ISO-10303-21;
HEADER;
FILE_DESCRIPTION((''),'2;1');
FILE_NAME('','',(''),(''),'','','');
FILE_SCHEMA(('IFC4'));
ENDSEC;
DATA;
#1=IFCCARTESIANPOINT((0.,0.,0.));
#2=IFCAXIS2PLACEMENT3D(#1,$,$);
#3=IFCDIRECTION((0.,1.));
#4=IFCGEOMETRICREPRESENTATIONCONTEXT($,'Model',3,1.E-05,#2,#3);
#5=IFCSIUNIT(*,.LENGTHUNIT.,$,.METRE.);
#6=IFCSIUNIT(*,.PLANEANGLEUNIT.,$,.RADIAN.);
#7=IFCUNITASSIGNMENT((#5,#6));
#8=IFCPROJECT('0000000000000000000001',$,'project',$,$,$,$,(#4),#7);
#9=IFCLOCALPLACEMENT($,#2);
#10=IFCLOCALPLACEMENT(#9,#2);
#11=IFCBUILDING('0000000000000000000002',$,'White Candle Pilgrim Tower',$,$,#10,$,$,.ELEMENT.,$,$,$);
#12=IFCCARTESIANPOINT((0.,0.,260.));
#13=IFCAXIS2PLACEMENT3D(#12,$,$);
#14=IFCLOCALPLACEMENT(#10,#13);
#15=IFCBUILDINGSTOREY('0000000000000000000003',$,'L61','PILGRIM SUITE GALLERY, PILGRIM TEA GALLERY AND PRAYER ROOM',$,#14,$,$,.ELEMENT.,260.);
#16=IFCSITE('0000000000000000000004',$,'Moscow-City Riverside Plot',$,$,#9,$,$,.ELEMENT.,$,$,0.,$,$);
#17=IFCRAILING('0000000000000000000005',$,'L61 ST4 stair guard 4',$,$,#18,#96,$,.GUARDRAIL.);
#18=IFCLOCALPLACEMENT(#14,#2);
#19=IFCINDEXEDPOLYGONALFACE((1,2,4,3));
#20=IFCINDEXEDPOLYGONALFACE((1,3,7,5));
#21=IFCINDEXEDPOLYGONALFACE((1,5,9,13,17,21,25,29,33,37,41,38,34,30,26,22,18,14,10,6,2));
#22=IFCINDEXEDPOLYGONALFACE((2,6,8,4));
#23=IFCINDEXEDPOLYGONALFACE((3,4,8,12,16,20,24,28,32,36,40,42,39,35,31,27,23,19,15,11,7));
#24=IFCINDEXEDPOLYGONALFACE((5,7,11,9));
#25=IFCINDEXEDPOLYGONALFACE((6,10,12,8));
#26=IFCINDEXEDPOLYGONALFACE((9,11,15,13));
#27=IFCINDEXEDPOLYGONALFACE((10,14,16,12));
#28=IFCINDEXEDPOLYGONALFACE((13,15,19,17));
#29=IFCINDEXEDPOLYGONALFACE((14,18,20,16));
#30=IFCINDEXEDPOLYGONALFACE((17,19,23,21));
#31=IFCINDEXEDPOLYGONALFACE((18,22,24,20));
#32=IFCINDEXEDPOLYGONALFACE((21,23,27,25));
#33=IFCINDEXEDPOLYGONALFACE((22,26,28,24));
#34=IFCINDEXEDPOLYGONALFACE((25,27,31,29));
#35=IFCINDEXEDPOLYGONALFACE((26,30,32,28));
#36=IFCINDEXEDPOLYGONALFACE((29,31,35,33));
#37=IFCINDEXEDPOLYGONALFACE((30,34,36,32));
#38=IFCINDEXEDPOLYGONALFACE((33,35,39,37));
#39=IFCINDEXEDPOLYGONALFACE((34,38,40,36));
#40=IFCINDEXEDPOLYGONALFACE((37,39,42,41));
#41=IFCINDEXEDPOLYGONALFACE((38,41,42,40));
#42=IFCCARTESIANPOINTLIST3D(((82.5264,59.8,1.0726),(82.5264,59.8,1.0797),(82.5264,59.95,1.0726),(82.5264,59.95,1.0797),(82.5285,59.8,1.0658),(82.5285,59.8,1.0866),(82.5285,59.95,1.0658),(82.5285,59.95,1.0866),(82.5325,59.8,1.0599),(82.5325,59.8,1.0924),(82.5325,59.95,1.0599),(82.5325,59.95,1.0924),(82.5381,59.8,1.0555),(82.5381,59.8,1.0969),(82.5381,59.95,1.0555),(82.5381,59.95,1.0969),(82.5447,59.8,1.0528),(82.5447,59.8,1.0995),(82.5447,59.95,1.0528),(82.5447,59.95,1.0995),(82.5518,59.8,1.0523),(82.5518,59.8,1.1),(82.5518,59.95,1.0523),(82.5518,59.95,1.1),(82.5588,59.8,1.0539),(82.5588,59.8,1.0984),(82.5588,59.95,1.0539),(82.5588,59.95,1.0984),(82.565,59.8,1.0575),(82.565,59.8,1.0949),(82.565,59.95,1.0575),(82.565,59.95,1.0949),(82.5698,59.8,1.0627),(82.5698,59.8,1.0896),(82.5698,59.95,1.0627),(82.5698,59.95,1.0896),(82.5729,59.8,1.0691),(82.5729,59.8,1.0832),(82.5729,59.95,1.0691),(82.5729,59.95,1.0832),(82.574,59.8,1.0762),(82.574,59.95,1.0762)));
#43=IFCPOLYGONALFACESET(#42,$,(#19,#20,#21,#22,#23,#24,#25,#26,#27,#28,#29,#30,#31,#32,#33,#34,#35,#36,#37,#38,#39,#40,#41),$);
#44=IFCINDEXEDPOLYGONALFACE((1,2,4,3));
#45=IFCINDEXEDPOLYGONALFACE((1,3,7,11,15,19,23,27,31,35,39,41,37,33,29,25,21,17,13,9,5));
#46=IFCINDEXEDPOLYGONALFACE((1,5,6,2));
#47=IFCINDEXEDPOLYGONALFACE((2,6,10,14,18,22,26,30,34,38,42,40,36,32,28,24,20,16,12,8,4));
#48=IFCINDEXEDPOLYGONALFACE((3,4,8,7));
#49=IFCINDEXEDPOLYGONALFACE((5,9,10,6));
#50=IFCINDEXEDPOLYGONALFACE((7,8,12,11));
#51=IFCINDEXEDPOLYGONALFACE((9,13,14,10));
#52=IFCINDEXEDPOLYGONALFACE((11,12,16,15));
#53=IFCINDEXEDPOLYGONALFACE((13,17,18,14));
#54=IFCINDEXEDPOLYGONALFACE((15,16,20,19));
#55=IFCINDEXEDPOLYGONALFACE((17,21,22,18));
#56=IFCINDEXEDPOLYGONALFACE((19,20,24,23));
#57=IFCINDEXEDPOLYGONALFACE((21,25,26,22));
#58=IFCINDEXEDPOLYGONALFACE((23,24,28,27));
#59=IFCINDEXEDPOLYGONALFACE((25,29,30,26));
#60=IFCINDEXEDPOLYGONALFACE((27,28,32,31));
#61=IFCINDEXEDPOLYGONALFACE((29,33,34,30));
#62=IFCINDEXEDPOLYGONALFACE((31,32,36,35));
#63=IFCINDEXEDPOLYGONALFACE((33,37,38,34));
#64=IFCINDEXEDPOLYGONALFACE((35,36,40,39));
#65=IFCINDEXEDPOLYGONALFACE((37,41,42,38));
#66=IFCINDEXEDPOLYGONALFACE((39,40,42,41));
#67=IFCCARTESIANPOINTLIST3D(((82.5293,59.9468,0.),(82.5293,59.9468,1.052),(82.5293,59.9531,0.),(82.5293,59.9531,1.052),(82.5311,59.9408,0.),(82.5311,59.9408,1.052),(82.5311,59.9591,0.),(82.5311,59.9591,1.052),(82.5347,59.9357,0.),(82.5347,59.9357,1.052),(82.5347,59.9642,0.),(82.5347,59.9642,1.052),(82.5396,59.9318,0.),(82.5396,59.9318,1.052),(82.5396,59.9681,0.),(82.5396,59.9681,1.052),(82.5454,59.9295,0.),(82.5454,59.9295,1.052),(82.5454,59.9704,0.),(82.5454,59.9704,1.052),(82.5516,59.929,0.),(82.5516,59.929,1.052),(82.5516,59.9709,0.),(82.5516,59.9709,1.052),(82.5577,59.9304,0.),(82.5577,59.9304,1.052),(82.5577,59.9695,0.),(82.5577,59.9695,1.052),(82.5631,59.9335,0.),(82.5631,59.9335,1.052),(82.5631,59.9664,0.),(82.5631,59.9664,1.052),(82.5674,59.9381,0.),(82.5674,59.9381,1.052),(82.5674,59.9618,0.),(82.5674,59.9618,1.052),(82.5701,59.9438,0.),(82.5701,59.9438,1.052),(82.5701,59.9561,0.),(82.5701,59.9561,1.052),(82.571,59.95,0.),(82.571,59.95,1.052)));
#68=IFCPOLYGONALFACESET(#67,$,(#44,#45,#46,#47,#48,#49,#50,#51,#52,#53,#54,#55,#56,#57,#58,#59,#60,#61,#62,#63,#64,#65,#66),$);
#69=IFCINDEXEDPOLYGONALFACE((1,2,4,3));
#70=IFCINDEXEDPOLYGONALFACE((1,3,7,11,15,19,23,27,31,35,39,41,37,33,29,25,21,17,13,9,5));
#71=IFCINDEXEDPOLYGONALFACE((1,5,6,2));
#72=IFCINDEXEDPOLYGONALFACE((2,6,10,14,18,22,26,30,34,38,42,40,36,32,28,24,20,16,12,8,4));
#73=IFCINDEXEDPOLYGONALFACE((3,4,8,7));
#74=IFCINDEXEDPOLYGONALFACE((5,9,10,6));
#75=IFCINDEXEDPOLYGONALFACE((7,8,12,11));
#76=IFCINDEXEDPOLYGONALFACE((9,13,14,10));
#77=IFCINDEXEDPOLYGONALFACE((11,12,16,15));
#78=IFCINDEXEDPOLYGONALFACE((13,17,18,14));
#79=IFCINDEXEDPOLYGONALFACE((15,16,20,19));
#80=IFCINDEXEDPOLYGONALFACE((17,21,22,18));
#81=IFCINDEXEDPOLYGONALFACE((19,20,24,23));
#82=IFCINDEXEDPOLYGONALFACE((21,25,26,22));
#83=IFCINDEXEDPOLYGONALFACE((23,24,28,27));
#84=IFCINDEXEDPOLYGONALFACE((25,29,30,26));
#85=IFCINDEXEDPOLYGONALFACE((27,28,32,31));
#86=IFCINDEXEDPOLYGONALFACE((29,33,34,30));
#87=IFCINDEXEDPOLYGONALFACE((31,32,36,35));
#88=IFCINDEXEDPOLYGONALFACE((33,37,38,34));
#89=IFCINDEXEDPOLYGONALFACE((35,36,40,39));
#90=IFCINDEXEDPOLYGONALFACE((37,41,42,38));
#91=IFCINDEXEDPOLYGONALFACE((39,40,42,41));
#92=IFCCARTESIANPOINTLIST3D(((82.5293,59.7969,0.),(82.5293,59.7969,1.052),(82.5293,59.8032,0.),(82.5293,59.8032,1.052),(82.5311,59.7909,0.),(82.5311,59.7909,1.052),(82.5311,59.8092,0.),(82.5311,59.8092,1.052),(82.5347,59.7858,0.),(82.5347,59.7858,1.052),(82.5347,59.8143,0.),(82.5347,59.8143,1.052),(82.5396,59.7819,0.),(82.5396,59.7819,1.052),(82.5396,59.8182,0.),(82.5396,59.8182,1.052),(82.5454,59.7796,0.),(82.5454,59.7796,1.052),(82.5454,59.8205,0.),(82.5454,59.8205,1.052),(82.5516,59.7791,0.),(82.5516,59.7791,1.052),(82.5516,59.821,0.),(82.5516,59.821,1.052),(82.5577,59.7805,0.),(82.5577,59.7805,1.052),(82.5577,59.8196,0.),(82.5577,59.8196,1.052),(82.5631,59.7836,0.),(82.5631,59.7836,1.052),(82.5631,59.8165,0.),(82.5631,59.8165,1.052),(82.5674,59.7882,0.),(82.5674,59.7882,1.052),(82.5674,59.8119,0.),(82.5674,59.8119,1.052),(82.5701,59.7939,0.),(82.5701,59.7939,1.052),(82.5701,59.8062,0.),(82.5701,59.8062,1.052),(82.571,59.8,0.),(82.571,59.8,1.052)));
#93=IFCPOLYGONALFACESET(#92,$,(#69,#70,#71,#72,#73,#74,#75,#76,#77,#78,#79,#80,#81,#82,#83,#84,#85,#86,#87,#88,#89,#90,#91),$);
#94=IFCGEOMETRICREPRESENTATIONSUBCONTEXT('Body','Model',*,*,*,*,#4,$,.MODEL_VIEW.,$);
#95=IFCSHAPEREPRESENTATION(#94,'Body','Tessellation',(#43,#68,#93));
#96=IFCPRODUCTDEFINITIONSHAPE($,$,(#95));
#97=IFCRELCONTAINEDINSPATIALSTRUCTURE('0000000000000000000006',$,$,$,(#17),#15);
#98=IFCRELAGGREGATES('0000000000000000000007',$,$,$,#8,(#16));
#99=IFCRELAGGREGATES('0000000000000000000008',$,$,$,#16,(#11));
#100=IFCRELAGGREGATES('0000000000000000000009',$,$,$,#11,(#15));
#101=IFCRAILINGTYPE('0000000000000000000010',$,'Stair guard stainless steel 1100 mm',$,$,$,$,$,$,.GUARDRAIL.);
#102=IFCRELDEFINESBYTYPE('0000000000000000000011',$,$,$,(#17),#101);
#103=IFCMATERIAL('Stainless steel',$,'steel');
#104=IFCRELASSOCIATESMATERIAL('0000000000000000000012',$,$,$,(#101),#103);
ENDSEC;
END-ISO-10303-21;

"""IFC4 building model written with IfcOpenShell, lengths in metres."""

from ifc_helpers import new_model, si_unit, direction, frame, origin, origin_2d, place, context, subcontext, project, spatial, circle, extrude, material, type_object, element, save


model = new_model("IFC4")

# Units and contexts
model_context = context("Model", 3, precision=1e-05, world=origin(), true_north=direction((0.0, 1.0)))
body_context = subcontext(model_context, "Body", "Model", "MODEL_VIEW")
ifc_project = project(units=[si_unit("LENGTHUNIT", "METRE"), si_unit("PLANEANGLEUNIT", "RADIAN")], contexts=[model_context])

# Site, building, storey
site_placement = place(None, origin())
site = spatial("IfcSite", under=ifc_project, at=site_placement, Name="Moscow-City Riverside Plot", CompositionType="ELEMENT", RefElevation=0.0)
building_placement = place(site_placement, origin())
building = spatial("IfcBuilding", under=site, at=building_placement, Name="White Candle Pilgrim Tower", CompositionType="ELEMENT")
storey_placement = place(building_placement, frame((0.0, 0.0, 260.0)))
storey = spatial("IfcBuildingStorey", under=building, at=storey_placement, Name="L61", Description="PILGRIM SUITE GALLERY, PILGRIM TEA GALLERY AND PRAYER ROOM", CompositionType="ELEMENT", Elevation=260.0)

# Railing
ifc_material_1 = material(Name="Stainless steel", Category="steel")
railing_type_1 = type_object("IfcRailingType", Name="Stair guard stainless steel 1100 mm", PredefinedType="GUARDRAIL", material=ifc_material_1)
railing_1_placement = place(storey_placement, frame((82.55, 59.95, 0.0)))
element("IfcRailing", 1, at=railing_1_placement, inside=storey, type_object=railing_type_1, Name="L61 ST4 stair guard 4", PredefinedType="GUARDRAIL", context=body_context, shape_type="SweptSolid", body=[
    extrude(circle(Radius=0.0239, at=origin_2d()), frame((0.0, 0.0, 1.0762), z_axis=(0.0, -1.0, 0.0), x_axis=(1.0, 0.0, 0.0)), (0.0, 0.0, 1.0), 0.1499),
    extrude(circle(Radius=0.021, at=origin_2d()), origin(), (0.0, 0.0, 1.0), 1.052),
    extrude(circle(Radius=0.021, at=origin_2d()), frame((0.0, -0.1499, 0.0)), (0.0, 0.0, 1.0), 1.052),
])

save(model, "model.ifc")
